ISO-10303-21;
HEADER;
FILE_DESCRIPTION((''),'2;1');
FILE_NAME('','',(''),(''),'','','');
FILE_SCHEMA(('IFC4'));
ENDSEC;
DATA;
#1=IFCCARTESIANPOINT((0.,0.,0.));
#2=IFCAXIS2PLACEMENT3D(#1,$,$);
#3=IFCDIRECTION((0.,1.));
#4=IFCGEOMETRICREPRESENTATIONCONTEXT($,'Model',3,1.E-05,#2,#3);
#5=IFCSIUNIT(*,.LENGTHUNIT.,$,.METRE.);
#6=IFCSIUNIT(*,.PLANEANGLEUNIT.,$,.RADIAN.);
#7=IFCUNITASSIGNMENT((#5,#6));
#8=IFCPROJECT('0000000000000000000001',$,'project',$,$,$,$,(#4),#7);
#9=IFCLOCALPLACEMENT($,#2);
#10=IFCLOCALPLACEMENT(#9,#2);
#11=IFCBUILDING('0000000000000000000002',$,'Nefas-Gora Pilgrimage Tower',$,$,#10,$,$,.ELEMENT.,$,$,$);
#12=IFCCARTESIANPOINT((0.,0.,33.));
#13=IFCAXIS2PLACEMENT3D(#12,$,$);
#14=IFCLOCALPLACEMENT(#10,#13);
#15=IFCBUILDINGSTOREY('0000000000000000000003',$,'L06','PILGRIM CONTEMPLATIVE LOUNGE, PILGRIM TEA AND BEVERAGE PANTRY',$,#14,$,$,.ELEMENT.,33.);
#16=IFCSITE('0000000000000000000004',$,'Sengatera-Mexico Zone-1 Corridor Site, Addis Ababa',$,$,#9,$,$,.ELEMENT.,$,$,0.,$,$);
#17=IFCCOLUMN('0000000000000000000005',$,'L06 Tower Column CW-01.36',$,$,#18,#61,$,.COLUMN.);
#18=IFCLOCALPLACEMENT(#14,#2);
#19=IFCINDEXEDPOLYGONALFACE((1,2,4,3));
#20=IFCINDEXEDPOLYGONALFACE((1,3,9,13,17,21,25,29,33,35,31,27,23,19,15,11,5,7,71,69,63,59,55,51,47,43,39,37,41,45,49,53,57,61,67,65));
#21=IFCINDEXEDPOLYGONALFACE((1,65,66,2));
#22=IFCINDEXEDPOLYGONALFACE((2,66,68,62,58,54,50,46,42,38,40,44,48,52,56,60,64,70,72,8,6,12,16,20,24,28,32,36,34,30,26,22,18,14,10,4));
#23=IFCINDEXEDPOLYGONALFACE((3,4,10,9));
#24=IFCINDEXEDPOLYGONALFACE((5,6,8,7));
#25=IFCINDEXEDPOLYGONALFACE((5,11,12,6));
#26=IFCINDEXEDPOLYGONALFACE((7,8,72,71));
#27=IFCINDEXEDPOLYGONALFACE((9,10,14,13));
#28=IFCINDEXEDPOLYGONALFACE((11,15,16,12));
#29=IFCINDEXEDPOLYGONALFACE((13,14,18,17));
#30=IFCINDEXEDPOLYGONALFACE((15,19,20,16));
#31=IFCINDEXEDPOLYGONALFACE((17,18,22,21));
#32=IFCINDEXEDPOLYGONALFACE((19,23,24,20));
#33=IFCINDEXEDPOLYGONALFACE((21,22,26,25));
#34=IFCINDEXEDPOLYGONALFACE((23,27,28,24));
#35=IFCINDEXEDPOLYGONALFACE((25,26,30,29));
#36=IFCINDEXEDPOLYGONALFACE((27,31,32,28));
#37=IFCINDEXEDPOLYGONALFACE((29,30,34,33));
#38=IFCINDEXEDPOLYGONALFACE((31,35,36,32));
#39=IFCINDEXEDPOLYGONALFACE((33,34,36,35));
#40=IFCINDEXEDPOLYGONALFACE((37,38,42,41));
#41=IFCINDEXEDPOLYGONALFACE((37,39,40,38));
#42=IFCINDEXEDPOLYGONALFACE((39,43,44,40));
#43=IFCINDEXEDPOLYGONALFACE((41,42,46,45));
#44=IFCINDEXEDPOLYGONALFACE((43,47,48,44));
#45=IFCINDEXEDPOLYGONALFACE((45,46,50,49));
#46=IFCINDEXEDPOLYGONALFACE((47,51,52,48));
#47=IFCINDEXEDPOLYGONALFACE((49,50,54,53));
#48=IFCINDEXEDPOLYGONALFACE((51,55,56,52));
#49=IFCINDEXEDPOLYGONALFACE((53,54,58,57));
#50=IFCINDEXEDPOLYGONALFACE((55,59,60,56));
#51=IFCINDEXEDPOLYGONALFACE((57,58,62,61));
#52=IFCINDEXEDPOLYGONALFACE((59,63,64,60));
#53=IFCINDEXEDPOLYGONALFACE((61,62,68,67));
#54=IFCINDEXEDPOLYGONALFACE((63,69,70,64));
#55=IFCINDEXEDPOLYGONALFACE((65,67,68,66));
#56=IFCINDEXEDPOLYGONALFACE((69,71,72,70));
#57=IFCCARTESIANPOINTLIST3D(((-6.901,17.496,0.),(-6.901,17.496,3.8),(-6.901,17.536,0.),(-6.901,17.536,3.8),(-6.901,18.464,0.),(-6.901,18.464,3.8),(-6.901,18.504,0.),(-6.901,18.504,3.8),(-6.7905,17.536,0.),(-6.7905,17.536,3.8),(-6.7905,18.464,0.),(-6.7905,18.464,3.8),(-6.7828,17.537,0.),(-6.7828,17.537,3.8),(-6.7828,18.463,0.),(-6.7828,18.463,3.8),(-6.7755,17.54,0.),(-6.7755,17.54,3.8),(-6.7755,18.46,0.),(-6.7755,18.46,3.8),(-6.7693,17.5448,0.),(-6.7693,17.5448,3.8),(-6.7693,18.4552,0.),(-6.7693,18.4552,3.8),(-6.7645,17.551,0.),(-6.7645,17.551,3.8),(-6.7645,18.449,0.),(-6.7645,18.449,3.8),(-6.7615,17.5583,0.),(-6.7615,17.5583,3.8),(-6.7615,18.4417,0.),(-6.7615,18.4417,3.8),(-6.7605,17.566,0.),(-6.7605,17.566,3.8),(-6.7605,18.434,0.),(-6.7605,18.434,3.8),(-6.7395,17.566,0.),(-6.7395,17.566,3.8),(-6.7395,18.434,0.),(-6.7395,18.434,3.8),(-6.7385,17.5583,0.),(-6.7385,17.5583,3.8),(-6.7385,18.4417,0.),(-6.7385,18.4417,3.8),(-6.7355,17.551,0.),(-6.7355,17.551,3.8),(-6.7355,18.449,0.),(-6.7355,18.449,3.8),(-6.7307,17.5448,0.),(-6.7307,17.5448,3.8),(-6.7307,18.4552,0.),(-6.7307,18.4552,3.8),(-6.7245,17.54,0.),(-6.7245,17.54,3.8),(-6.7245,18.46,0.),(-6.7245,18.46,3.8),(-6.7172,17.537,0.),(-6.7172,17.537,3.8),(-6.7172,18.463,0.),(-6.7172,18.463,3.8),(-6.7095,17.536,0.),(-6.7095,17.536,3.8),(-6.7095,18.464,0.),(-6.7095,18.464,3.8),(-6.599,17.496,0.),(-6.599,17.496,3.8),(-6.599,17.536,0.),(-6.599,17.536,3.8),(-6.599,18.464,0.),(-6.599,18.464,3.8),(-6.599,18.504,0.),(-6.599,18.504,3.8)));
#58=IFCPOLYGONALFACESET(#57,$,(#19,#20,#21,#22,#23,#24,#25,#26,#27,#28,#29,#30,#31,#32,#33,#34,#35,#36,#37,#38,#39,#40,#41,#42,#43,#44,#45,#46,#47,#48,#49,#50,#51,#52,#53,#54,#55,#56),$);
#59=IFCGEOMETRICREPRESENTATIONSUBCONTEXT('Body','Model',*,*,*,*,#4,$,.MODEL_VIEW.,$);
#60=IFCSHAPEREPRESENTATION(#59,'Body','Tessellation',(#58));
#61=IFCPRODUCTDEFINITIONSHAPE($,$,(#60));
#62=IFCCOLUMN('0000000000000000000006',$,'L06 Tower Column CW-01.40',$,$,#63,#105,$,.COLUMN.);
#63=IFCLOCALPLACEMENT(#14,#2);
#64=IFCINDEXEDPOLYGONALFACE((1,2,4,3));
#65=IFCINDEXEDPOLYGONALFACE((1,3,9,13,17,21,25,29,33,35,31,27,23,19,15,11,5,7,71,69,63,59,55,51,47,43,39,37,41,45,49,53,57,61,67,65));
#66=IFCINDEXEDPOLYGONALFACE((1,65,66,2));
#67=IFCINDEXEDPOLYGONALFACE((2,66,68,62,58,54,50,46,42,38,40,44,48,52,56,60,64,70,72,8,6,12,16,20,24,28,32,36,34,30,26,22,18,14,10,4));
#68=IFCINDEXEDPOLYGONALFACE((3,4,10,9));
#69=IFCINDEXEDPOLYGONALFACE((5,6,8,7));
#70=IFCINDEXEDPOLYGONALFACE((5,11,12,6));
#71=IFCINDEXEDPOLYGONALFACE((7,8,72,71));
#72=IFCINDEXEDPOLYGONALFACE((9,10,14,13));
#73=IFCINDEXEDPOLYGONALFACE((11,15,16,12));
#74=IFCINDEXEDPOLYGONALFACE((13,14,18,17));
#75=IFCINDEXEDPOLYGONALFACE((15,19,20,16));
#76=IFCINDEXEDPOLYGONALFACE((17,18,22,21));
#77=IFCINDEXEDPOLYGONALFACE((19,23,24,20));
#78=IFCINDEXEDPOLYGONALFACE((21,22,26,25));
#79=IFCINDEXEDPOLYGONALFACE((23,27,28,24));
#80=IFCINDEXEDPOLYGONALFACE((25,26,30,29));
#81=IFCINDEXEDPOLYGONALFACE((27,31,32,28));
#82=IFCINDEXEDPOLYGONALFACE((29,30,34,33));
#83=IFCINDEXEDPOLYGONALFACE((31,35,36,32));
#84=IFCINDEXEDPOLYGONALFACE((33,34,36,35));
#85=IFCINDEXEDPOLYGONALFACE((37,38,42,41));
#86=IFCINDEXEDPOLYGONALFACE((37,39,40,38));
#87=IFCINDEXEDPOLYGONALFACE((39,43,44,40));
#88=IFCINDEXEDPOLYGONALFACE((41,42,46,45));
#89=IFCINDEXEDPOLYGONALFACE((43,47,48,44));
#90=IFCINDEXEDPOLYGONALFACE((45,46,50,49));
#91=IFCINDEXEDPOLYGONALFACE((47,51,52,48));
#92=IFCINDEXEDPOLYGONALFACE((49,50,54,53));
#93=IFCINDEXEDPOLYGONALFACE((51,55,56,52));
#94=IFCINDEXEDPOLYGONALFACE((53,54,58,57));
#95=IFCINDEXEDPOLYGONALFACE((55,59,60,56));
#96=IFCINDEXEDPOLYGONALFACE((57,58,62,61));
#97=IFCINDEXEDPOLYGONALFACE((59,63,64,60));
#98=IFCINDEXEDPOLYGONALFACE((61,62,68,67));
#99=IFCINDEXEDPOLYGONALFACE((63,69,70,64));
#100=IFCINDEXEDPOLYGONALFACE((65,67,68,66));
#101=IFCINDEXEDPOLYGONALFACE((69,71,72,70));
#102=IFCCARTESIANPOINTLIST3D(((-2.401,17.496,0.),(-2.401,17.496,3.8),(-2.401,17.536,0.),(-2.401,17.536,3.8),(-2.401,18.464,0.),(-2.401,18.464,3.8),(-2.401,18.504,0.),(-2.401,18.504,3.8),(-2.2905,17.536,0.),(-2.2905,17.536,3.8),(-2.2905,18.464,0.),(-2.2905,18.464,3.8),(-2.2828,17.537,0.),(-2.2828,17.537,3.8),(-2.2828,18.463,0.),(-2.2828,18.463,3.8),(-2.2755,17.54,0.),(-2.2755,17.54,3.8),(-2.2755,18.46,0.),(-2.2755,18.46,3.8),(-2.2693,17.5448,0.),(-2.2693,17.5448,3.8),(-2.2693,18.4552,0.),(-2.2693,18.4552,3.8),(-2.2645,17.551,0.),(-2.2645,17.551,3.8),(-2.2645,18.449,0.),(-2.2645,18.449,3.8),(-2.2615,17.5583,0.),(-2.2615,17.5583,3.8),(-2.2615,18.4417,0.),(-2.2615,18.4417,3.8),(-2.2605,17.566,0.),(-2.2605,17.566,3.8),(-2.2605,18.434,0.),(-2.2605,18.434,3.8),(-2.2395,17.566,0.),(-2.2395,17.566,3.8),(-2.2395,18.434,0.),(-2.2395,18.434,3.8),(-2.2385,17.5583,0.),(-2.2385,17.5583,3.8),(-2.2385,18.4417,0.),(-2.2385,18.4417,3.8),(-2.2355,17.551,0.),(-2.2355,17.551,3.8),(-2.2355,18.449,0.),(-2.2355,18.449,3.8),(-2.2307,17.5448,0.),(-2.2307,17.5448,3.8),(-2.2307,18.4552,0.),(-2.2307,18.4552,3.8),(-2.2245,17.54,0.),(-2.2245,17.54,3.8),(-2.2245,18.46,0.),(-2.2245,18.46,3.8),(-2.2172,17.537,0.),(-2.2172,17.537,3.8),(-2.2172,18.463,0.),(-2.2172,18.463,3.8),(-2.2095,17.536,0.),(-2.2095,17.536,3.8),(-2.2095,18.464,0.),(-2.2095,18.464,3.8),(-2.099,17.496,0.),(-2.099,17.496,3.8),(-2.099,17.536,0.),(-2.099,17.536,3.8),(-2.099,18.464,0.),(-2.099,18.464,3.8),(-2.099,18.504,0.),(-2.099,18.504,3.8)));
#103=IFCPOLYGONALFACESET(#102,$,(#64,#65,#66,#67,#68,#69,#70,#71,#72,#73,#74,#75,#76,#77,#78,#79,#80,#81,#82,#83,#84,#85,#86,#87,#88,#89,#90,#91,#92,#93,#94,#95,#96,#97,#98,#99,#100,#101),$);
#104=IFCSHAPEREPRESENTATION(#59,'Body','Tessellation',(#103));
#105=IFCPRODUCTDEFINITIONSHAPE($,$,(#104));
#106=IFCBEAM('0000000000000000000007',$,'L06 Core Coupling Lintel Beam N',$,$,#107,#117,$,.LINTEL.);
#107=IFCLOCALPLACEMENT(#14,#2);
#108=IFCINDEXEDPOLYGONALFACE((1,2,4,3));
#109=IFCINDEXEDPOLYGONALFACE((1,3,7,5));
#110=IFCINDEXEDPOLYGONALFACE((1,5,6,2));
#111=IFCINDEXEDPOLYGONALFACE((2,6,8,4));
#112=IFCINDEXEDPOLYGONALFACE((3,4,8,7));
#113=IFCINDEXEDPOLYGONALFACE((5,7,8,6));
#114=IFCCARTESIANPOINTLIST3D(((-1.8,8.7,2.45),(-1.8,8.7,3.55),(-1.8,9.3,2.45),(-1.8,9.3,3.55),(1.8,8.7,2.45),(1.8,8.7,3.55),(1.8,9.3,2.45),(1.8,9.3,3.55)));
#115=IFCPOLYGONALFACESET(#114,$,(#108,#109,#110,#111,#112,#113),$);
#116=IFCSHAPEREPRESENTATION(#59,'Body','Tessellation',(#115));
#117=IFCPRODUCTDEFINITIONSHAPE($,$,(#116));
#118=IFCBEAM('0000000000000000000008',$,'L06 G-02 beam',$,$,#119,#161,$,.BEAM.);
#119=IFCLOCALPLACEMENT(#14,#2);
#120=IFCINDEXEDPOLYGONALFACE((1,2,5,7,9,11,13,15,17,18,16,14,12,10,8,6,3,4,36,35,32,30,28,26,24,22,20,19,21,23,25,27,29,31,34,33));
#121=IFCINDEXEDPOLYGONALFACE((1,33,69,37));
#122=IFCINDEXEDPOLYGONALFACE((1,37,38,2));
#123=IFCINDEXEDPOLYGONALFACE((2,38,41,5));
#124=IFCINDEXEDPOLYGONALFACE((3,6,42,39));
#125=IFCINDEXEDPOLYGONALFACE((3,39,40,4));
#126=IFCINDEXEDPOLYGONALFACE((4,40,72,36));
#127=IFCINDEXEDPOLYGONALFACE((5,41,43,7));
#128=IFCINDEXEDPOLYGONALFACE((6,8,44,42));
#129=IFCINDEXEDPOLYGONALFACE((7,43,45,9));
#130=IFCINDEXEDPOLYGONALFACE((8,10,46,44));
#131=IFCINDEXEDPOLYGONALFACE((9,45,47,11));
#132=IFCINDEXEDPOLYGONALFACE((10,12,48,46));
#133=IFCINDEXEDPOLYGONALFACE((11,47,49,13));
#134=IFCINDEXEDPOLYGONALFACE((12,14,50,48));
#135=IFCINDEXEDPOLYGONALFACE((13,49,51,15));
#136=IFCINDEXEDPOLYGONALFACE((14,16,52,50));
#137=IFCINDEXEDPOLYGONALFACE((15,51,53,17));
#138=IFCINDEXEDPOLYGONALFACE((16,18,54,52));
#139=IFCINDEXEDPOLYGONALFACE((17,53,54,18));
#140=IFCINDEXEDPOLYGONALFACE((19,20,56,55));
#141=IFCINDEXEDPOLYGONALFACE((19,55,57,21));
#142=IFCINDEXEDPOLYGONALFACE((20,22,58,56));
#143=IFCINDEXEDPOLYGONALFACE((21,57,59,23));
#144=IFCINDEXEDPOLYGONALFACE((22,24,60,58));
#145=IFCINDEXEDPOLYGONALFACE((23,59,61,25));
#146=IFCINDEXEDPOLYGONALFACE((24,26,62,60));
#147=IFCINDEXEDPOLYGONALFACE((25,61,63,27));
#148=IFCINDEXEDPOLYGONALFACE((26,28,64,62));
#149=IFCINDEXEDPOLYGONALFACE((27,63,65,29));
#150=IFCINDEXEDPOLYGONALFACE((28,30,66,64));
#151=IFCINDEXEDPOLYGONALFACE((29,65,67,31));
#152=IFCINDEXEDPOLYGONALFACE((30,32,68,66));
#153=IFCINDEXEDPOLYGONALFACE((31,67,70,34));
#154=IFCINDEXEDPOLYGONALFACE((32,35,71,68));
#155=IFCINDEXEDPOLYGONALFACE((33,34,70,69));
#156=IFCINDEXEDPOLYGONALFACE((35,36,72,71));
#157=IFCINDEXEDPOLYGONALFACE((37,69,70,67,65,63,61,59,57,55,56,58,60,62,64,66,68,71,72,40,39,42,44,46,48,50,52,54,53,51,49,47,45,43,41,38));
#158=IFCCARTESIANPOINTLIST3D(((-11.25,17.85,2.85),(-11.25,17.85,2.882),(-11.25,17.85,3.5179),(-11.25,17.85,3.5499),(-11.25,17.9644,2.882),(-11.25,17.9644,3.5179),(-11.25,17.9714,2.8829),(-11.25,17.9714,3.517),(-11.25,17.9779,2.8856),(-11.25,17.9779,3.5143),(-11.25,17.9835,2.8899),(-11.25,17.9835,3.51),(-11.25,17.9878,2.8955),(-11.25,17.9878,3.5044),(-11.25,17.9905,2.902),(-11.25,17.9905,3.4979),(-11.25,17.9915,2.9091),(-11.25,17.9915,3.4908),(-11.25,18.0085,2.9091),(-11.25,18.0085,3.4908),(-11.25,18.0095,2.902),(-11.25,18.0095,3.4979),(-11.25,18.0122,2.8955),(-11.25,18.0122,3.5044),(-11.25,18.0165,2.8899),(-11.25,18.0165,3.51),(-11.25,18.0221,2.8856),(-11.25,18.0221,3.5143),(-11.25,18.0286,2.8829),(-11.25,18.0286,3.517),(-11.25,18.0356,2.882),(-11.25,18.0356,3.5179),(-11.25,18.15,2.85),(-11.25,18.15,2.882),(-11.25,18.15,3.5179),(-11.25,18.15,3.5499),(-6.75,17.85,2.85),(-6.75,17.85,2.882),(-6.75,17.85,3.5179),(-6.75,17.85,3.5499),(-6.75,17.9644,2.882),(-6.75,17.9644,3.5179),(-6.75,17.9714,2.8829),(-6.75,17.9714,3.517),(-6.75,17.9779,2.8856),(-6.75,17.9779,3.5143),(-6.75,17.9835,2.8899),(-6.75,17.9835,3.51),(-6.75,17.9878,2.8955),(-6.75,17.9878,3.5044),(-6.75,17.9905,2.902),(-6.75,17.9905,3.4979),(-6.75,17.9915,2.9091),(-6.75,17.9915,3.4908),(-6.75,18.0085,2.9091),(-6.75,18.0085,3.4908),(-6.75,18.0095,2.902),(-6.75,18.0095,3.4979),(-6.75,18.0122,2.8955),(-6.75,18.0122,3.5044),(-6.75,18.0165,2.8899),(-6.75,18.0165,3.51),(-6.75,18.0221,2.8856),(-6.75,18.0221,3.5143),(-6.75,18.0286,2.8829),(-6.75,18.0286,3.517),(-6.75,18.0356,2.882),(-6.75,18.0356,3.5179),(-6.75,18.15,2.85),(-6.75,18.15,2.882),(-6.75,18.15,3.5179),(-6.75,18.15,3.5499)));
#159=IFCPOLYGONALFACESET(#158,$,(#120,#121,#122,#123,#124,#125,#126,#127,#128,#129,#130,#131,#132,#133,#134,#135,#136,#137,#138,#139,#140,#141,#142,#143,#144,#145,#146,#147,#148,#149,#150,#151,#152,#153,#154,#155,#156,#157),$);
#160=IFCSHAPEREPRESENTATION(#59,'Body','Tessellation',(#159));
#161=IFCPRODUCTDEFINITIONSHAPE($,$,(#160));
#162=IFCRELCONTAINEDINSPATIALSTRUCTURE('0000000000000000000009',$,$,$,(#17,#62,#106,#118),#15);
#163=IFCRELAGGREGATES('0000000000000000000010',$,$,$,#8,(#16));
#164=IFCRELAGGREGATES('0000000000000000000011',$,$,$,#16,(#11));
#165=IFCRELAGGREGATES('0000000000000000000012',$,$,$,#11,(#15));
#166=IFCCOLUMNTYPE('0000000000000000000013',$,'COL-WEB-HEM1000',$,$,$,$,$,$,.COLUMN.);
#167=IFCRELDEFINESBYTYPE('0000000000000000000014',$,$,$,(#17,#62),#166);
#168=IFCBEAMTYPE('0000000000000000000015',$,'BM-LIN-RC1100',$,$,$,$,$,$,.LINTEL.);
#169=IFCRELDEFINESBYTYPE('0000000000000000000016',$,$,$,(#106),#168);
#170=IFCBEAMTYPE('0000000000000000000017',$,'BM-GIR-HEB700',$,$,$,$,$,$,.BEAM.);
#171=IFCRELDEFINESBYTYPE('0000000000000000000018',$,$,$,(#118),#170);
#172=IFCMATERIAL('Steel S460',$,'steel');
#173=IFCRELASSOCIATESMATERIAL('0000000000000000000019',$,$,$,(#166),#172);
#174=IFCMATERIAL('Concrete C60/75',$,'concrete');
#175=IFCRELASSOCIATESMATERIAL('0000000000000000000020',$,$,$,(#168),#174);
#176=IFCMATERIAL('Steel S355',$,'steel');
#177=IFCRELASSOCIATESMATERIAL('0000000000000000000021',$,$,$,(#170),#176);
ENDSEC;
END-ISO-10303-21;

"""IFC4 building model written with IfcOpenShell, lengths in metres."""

from ifc_helpers import new_model, si_unit, direction, frame, origin, origin_2d, place, context, subcontext, project, spatial, rectangle, i_section, extrude, source, transform, mapped, material, material_profile, profile_set, type_object, element, save


model = new_model("IFC4")

# Units and contexts
model_context = context("Model", 3, precision=1e-05, world=origin(), true_north=direction((0.0, 1.0)))
body_context = subcontext(model_context, "Body", "Model", "MODEL_VIEW")
ifc_project = project(units=[si_unit("LENGTHUNIT", "METRE"), si_unit("PLANEANGLEUNIT", "RADIAN")], contexts=[model_context])

# Site, building, storey
site_placement = place(None, origin())
site = spatial("IfcSite", under=ifc_project, at=site_placement, Name="Sengatera-Mexico Zone-1 Corridor Site, Addis Ababa", CompositionType="ELEMENT", RefElevation=0.0)
building_placement = place(site_placement, origin())
building = spatial("IfcBuilding", under=site, at=building_placement, Name="Nefas-Gora Pilgrimage Tower", CompositionType="ELEMENT")
storey_placement = place(building_placement, frame((0.0, 0.0, 33.0)))
storey = spatial("IfcBuildingStorey", under=building, at=storey_placement, Name="L06", Description="PILGRIM CONTEMPLATIVE LOUNGE, PILGRIM TEA AND BEVERAGE PANTRY", CompositionType="ELEMENT", Elevation=33.0)

# Columns
ifc_material_1 = material(Name="Steel S460", Category="steel")
ifc_material_profile_1 = material_profile(ifc_material_1, i_section(OverallWidth=0.302, OverallDepth=1.0081, WebThickness=0.021, FlangeThickness=0.04, FilletRadius=0.03, at=origin_2d()), Name="HEM 1000")
ifc_profile_set_1 = profile_set([ifc_material_profile_1], Name="Steel S460")
column_type = type_object("IfcColumnType", Name="COL-WEB-HEM1000", PredefinedType="COLUMN", material=ifc_profile_set_1)
shared_shape_1 = source(origin(), body_context, "Body", "SweptSolid", [
    extrude(i_section(OverallWidth=0.302, OverallDepth=1.0081, WebThickness=0.021, FlangeThickness=0.04, FilletRadius=0.03, at=origin_2d()), origin(), (0.0, 0.0, 1.0), 3.8),
])
for number, where, z_axis, x_axis, name in (
    (1, (-6.75, 18.0, 0.0), (0.0, 0.0, 1.0), (1.0, 0.0, 0.0), "L06 Tower Column CW-01.36"),
    (2, (-2.25, 18.0, 0.0), (0.0, 0.0, 1.0), (1.0, 0.0, 0.0), "L06 Tower Column CW-01.40"),
):
    element("IfcColumn", number, at=place(storey_placement, frame(where, z_axis=z_axis, x_axis=x_axis)), inside=storey, type_object=column_type, Name=name, PredefinedType="COLUMN", context=body_context, shape_type="MappedRepresentation", body=[
        mapped(shared_shape_1, transform((0.0, 0.0, 0.0), x_axis=(1.0, 0.0, 0.0), y_axis=(0.0, 1.0, 0.0), z_axis=(0.0, 0.0, 1.0), scale=1.0)),
    ])

# Beams
ifc_material_2 = material(Name="Concrete C60/75", Category="concrete")
ifc_material_profile_2 = material_profile(ifc_material_2, rectangle(XDim=0.6001, YDim=1.1001, at=origin_2d()), Name="RC 600x1100")
ifc_profile_set_2 = profile_set([ifc_material_profile_2], Name="Concrete C60/75")
beam_type_1 = type_object("IfcBeamType", Name="BM-LIN-RC1100", PredefinedType="LINTEL", material=ifc_profile_set_2)
shared_shape_2 = source(origin(), body_context, "Body", "SweptSolid", [
    extrude(rectangle(XDim=0.6001, YDim=1.1001, at=origin_2d()), origin(), (0.0, 0.0, 1.0), 3.6001),
])
beam_placement = place(storey_placement, frame((-1.8, 9.0, 3.0), z_axis=(1.0, 0.0, 0.0), x_axis=(0.0, 1.0, 0.0)))
element("IfcBeam", 3, at=beam_placement, inside=storey, type_object=beam_type_1, Name="L06 Core Coupling Lintel Beam N", PredefinedType="LINTEL", context=body_context, shape_type="MappedRepresentation", body=[
    mapped(shared_shape_2, transform((0.0, 0.0, 0.0), x_axis=(1.0, 0.0, 0.0), y_axis=(0.0, 1.0, 0.0), z_axis=(0.0, 0.0, 1.0), scale=1.0)),
])
ifc_material_3 = material(Name="Steel S355", Category="steel")
ifc_material_profile_3 = material_profile(ifc_material_3, i_section(OverallWidth=0.3, OverallDepth=0.7, WebThickness=0.0171, FlangeThickness=0.032, FilletRadius=0.0271, at=origin_2d()), Name="HEB 700")
ifc_profile_set_3 = profile_set([ifc_material_profile_3], Name="Steel S355")
beam_type_2 = type_object("IfcBeamType", Name="BM-GIR-HEB700", PredefinedType="BEAM", material=ifc_profile_set_3)
shared_shape_3 = source(origin(), body_context, "Body", "SweptSolid", [
    extrude(i_section(OverallWidth=0.3, OverallDepth=0.7, WebThickness=0.0171, FlangeThickness=0.032, FilletRadius=0.0271, at=origin_2d()), origin(), (0.0, 0.0, 1.0), 4.5),
])
for number, where, z_axis, x_axis, name in (
    (4, (-11.25, 18.0, 3.2), (1.0, 0.0, 0.0), (0.0, 1.0, 0.0), "L06 G-02 beam"),
):
    element("IfcBeam", number, at=place(storey_placement, frame(where, z_axis=z_axis, x_axis=x_axis)), inside=storey, type_object=beam_type_2, Name=name, PredefinedType="BEAM", context=body_context, shape_type="MappedRepresentation", body=[
        mapped(shared_shape_3, transform((0.0, 0.0, 0.0), x_axis=(1.0, 0.0, 0.0), y_axis=(0.0, 1.0, 0.0), z_axis=(0.0, 0.0, 1.0), scale=1.0)),
    ])

save(model, "model.ifc")
